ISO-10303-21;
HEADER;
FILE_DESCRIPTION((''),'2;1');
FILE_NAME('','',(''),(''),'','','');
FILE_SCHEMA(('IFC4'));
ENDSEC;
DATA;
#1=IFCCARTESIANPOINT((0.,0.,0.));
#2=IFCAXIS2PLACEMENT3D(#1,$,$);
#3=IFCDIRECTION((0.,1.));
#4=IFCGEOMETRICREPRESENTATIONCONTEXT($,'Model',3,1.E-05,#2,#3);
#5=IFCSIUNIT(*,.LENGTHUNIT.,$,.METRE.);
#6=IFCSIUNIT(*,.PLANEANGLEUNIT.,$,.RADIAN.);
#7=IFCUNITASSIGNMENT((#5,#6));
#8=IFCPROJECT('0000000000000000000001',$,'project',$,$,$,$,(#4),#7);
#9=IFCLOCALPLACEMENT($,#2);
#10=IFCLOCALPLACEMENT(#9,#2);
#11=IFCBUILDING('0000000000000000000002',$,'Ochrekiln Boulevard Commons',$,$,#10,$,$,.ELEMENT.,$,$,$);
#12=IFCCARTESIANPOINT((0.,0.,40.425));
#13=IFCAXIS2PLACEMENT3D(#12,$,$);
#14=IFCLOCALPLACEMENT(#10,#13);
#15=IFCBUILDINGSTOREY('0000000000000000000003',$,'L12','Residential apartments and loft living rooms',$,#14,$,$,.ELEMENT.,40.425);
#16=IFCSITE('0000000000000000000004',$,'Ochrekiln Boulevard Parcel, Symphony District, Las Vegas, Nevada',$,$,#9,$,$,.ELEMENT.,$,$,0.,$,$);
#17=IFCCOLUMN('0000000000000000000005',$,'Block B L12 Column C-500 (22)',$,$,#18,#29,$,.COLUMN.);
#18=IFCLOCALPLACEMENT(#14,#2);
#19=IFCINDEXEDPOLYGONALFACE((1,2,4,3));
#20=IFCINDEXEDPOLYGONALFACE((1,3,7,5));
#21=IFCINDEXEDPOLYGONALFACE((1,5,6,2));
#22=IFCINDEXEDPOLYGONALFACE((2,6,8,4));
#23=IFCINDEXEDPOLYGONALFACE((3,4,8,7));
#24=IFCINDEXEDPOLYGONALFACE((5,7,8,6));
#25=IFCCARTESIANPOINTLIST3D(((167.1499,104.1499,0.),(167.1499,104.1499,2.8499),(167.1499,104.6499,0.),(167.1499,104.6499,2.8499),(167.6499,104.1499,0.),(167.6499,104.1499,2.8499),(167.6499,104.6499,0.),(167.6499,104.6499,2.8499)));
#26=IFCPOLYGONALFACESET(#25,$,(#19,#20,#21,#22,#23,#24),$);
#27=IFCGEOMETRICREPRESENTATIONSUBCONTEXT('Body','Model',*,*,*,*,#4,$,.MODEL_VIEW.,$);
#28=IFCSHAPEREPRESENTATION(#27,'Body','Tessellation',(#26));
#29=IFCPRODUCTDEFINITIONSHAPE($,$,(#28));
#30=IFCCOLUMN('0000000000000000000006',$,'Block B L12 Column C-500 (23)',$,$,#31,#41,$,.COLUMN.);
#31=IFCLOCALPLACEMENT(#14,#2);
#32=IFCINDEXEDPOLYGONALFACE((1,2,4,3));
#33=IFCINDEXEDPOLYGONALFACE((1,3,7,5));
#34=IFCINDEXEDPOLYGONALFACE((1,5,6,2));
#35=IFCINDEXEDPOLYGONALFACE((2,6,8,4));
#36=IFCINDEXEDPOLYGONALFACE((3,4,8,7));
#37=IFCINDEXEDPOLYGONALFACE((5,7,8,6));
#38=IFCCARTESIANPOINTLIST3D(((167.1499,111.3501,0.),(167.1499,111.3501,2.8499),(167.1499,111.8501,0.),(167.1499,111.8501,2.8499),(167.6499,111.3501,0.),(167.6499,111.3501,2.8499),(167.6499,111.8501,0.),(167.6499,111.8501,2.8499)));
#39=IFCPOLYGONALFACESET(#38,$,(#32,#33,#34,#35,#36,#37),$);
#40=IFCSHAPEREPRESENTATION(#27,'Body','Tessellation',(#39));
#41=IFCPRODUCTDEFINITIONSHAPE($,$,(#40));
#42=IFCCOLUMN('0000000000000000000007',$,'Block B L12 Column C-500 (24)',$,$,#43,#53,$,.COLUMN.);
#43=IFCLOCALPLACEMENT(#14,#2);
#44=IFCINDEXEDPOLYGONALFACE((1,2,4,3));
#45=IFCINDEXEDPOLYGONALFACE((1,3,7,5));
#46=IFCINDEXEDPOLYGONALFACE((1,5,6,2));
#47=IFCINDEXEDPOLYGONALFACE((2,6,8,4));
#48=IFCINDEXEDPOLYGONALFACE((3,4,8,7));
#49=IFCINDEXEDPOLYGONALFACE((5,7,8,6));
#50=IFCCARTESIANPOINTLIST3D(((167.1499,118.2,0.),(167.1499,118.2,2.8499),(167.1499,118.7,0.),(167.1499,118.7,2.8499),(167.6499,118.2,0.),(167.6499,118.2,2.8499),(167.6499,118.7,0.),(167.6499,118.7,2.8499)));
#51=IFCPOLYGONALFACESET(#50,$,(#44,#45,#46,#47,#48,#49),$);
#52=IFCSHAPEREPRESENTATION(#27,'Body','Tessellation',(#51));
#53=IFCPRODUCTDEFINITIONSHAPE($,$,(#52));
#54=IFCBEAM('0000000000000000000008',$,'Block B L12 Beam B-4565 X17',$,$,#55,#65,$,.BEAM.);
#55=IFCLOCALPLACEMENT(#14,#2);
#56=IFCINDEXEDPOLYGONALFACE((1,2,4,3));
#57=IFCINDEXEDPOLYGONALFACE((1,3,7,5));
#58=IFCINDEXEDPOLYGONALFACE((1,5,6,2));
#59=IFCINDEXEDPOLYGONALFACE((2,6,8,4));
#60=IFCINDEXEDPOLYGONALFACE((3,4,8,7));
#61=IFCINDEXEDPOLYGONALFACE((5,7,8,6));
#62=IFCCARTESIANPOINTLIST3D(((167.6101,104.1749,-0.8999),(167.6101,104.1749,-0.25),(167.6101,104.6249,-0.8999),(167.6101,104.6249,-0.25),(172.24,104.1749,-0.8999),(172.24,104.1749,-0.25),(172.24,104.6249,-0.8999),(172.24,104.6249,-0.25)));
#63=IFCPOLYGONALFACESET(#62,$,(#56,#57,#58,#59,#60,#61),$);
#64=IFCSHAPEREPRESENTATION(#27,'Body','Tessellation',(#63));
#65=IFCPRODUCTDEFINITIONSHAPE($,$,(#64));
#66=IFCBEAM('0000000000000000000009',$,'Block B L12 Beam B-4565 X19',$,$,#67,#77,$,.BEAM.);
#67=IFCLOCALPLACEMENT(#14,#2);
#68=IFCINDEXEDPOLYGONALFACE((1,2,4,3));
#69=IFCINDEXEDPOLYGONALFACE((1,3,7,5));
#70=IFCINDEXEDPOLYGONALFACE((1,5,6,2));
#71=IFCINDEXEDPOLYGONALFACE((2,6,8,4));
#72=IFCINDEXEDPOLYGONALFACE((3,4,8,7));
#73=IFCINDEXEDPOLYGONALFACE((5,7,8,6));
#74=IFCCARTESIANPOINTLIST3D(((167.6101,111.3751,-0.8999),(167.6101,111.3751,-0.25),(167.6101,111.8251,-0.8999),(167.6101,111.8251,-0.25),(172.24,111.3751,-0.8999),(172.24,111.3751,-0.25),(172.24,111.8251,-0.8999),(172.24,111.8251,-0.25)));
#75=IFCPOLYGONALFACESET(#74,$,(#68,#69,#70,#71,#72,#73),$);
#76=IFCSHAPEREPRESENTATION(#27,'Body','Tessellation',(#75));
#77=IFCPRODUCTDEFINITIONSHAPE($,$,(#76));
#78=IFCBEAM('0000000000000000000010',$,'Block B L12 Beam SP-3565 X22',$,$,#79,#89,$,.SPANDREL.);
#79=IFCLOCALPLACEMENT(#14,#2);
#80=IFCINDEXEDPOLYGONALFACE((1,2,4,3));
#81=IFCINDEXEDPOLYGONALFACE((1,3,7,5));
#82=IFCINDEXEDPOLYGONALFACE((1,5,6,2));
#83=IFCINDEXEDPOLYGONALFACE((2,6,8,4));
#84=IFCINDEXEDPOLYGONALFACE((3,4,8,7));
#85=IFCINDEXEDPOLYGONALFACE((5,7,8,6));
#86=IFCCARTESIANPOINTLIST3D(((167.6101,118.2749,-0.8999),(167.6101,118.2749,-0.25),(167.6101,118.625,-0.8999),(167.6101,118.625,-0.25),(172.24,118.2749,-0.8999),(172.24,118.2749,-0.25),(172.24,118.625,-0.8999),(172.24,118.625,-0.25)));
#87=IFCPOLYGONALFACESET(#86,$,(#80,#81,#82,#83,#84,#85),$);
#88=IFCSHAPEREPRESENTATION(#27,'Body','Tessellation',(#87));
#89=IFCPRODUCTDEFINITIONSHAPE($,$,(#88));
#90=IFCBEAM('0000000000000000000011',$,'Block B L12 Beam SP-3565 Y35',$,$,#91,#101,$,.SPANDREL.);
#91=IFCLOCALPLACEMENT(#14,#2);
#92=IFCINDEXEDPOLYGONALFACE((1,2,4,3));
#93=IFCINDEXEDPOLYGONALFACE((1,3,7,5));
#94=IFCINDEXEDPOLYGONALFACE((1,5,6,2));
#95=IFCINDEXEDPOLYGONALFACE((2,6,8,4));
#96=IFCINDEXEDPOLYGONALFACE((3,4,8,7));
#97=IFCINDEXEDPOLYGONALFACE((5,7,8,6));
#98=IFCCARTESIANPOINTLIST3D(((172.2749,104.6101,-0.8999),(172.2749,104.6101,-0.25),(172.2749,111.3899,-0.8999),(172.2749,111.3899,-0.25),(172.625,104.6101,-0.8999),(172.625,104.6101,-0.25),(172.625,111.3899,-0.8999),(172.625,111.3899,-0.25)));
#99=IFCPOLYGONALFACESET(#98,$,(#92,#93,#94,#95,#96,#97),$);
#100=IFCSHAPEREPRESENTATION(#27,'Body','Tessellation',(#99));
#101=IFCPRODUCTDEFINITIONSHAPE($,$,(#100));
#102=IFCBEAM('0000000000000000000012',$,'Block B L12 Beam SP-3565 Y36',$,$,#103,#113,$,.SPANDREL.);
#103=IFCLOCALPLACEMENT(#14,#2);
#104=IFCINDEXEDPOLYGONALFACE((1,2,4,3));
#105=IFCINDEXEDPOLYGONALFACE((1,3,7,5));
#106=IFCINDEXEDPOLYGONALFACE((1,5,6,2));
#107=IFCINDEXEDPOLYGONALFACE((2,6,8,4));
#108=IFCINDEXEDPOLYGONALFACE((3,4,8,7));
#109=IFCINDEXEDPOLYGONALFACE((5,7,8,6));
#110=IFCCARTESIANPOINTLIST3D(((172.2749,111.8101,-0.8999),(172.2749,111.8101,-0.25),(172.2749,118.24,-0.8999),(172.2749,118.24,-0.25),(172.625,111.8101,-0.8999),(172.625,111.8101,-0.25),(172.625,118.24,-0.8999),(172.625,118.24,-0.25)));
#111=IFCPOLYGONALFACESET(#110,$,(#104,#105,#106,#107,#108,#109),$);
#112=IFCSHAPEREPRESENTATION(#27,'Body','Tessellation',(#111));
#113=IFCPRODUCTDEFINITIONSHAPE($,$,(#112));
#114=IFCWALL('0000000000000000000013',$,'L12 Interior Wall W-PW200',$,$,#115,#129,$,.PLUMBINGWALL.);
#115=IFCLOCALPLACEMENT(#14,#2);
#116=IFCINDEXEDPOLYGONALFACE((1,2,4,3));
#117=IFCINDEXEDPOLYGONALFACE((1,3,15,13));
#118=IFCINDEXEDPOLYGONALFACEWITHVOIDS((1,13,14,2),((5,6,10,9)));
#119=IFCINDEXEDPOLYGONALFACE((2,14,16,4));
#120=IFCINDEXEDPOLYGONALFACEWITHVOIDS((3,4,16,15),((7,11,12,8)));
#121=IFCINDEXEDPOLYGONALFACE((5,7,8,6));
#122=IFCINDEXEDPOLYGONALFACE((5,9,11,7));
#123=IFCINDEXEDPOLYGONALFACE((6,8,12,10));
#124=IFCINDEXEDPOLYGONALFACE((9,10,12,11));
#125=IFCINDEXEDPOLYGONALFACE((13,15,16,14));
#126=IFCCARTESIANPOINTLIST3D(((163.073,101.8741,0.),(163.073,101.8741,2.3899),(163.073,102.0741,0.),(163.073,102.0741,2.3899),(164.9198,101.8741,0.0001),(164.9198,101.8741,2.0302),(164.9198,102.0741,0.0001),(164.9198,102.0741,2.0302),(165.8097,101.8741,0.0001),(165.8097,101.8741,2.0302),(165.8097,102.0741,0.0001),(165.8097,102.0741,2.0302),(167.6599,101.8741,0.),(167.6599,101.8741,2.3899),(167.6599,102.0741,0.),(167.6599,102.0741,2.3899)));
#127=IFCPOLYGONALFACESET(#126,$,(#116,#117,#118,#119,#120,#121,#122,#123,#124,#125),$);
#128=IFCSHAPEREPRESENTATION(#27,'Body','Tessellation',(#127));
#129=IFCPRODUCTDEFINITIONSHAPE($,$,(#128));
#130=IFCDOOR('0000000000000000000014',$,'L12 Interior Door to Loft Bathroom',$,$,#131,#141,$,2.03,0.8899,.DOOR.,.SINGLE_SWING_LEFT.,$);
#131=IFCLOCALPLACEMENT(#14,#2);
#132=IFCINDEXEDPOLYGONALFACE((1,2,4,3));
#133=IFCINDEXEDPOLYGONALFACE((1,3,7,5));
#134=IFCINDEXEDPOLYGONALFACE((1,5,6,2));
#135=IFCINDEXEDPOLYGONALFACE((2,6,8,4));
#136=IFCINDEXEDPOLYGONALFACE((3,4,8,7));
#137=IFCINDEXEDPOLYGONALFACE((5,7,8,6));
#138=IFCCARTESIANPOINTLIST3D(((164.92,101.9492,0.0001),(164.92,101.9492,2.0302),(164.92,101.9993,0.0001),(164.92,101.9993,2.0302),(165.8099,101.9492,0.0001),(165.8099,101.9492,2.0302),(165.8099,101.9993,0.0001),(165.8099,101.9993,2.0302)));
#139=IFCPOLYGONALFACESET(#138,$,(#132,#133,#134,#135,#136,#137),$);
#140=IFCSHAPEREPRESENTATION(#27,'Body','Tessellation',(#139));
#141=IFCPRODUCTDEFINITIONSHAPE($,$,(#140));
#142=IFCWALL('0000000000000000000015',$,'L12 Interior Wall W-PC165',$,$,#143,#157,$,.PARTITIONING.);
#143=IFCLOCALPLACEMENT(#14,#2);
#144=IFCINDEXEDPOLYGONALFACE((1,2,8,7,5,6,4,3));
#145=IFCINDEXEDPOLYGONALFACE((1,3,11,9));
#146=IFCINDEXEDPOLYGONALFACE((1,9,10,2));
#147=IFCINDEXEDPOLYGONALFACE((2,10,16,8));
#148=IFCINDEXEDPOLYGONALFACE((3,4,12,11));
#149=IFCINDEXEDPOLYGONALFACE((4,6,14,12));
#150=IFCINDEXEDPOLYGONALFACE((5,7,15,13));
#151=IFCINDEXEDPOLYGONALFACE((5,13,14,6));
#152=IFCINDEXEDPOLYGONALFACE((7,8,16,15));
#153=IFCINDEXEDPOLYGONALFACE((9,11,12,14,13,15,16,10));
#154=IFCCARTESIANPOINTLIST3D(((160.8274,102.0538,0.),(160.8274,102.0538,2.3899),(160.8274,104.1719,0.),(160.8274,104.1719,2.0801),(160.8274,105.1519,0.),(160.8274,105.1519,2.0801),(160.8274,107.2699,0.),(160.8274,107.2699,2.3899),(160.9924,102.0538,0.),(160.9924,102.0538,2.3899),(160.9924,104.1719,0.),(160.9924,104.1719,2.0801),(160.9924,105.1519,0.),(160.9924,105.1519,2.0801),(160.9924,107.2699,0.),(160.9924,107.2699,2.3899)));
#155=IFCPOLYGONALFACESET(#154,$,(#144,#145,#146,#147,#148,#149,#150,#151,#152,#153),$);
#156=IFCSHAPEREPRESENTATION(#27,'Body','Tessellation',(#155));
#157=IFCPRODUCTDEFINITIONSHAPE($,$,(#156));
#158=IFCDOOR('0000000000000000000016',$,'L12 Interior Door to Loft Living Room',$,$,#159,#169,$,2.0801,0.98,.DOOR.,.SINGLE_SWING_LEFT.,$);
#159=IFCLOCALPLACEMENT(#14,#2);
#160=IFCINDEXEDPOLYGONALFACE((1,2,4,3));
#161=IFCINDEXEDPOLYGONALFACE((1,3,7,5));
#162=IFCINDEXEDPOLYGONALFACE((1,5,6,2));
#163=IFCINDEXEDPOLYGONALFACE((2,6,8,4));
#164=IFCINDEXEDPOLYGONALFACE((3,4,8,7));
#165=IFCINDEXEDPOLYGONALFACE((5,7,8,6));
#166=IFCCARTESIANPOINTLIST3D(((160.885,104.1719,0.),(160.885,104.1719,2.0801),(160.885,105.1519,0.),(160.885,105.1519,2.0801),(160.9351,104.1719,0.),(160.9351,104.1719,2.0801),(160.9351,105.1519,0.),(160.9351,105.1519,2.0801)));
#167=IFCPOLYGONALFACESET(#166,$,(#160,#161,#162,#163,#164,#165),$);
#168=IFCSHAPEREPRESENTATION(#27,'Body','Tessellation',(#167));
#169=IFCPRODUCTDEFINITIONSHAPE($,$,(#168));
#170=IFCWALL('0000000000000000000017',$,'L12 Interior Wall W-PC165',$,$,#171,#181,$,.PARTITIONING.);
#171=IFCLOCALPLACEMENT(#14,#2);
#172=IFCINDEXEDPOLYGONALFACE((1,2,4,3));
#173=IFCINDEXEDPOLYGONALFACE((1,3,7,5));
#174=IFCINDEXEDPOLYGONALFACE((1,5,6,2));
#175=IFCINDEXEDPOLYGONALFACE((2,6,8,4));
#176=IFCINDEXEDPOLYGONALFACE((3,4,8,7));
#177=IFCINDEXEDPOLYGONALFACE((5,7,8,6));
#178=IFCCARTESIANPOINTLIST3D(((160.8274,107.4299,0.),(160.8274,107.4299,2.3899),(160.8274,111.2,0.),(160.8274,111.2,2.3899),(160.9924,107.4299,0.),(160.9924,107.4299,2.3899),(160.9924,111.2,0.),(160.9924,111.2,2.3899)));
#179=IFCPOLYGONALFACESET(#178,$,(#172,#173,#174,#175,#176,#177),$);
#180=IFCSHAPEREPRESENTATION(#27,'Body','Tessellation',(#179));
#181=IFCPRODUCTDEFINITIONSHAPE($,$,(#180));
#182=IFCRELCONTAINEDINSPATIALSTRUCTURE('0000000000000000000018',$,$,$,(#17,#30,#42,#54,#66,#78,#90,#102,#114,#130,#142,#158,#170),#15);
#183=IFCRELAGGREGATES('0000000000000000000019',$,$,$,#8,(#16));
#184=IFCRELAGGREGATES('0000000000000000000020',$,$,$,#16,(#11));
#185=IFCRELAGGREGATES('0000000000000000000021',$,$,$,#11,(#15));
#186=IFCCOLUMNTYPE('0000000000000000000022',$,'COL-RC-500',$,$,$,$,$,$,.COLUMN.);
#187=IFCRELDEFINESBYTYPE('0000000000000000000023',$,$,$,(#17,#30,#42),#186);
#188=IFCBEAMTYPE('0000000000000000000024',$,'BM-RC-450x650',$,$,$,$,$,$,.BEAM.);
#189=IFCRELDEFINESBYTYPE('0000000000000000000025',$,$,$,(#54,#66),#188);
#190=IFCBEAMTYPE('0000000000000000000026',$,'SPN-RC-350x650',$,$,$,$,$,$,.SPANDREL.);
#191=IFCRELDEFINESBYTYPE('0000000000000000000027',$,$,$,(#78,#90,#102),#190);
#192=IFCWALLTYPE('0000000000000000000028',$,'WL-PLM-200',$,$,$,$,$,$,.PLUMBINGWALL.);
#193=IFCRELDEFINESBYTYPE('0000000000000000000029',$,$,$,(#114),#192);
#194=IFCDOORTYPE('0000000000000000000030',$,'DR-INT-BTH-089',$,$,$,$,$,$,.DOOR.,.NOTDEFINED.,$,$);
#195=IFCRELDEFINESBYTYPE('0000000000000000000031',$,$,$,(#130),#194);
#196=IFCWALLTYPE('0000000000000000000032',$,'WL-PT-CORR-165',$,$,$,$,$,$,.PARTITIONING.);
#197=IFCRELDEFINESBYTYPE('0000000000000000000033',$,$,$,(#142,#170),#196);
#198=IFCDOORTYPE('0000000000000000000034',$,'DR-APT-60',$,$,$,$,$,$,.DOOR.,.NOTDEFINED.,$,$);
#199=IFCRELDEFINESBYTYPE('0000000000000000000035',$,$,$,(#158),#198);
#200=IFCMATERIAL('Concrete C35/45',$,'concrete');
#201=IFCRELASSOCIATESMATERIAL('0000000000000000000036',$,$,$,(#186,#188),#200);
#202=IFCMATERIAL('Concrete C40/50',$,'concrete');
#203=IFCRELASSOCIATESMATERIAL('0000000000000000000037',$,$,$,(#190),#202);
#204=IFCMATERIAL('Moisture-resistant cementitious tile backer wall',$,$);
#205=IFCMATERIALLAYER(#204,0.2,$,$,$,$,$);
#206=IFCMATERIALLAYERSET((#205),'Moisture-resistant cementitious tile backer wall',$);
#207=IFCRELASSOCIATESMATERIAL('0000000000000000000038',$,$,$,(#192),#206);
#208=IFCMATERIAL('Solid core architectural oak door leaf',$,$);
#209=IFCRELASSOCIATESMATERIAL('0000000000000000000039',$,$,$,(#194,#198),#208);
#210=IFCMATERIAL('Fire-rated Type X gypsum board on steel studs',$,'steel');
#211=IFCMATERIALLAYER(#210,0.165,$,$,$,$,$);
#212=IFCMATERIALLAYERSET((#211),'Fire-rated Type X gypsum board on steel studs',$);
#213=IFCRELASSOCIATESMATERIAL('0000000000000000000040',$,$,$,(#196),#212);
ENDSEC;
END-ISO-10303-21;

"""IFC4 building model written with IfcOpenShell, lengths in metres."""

from ifc_helpers import new_model, si_unit, direction, frame, frame_2d, origin, origin_2d, place, context, subcontext, project, spatial, rectangle, extrude, material, layer, layer_set, material_profile, profile_set, type_object, element, fill, save


model = new_model("IFC4")

# Units and contexts
model_context = context("Model", 3, precision=1e-05, world=origin(), true_north=direction((0.0, 1.0)))
body_context = subcontext(model_context, "Body", "Model", "MODEL_VIEW")
ifc_project = project(units=[si_unit("LENGTHUNIT", "METRE"), si_unit("PLANEANGLEUNIT", "RADIAN")], contexts=[model_context])

# Site, building, storey
site_placement = place(None, origin())
site = spatial("IfcSite", under=ifc_project, at=site_placement, Name="Ochrekiln Boulevard Parcel, Symphony District, Las Vegas, Nevada", CompositionType="ELEMENT", RefElevation=0.0)
building_placement = place(site_placement, origin())
building = spatial("IfcBuilding", under=site, at=building_placement, Name="Ochrekiln Boulevard Commons", CompositionType="ELEMENT")
storey_placement = place(building_placement, frame((0.0, 0.0, 40.425)))
storey = spatial("IfcBuildingStorey", under=building, at=storey_placement, Name="L12", Description="Residential apartments and loft living rooms", CompositionType="ELEMENT", Elevation=40.425)

# Columns
ifc_material_1 = material(Name="Concrete C35/45", Category="concrete")
ifc_material_profile_1 = material_profile(ifc_material_1, rectangle(XDim=0.5, YDim=0.5, at=origin_2d()), Name="RC-COL-500x500")
ifc_profile_set_1 = profile_set([ifc_material_profile_1], Name="Concrete C35/45")
column_type = type_object("IfcColumnType", Name="COL-RC-500", PredefinedType="COLUMN", material=ifc_profile_set_1)
for number, where, z_axis, x_axis, name in (
    (1, (167.3999, 104.3999, 0.0), (0.0, 0.0, 1.0), (1.0, 0.0, 0.0), "Block B L12 Column C-500 (22)"),
    (2, (167.3999, 111.6001, 0.0), (0.0, 0.0, 1.0), (1.0, 0.0, 0.0), "Block B L12 Column C-500 (23)"),
    (3, (167.3999, 118.45, 0.0), (0.0, 0.0, 1.0), (1.0, 0.0, 0.0), "Block B L12 Column C-500 (24)"),
):
    element("IfcColumn", number, at=place(storey_placement, frame(where, z_axis=z_axis, x_axis=x_axis)), inside=storey, type_object=column_type, Name=name, PredefinedType="COLUMN", context=body_context, shape_type="SweptSolid", body=[
        extrude(rectangle(XDim=0.5, YDim=0.5, at=origin_2d()), origin(), (0.0, 0.0, 1.0), 2.8499),
    ])

# Beams
ifc_material_profile_2 = material_profile(ifc_material_1, rectangle(XDim=0.45, YDim=0.6499, at=origin_2d()), Name="RC-BM-450x650")
ifc_profile_set_2 = profile_set([ifc_material_profile_2], Name="Concrete C35/45")
beam_type_1 = type_object("IfcBeamType", Name="BM-RC-450x650", PredefinedType="BEAM", material=ifc_profile_set_2)
for number, where, z_axis, x_axis, name in (
    (4, (167.6101, 104.3999, -0.575), (1.0, 0.0, 0.0), (0.0, 1.0, 0.0), "Block B L12 Beam B-4565 X17"),
    (5, (167.6101, 111.6001, -0.575), (1.0, 0.0, 0.0), (0.0, 1.0, 0.0), "Block B L12 Beam B-4565 X19"),
):
    element("IfcBeam", number, at=place(storey_placement, frame(where, z_axis=z_axis, x_axis=x_axis)), inside=storey, type_object=beam_type_1, Name=name, PredefinedType="BEAM", context=body_context, shape_type="SweptSolid", body=[
        extrude(rectangle(XDim=0.45, YDim=0.6499, at=origin_2d()), origin(), (0.0, 0.0, 1.0), 4.6299),
    ])
ifc_material_2 = material(Name="Concrete C40/50", Category="concrete")
ifc_material_profile_3 = material_profile(ifc_material_2, rectangle(XDim=0.3501, YDim=0.6499, at=origin_2d()), Name="RC-SPN-350x650")
ifc_profile_set_3 = profile_set([ifc_material_profile_3], Name="Concrete C40/50")
beam_type_2 = type_object("IfcBeamType", Name="SPN-RC-350x650", PredefinedType="SPANDREL", material=ifc_profile_set_3)
beam_1_placement = place(storey_placement, frame((167.6101, 118.45, -0.575), z_axis=(1.0, 0.0, 0.0), x_axis=(0.0, 1.0, 0.0)))
element("IfcBeam", 6, at=beam_1_placement, inside=storey, type_object=beam_type_2, Name="Block B L12 Beam SP-3565 X22", PredefinedType="SPANDREL", context=body_context, shape_type="SweptSolid", body=[
    extrude(rectangle(XDim=0.3501, YDim=0.6499, at=origin_2d()), origin(), (0.0, 0.0, 1.0), 4.6299),
])
beam_2_placement = place(storey_placement, frame((172.45, 104.6101, -0.575), z_axis=(0.0, 1.0, 0.0), x_axis=(-1.0, 0.0, 0.0)))
element("IfcBeam", 7, at=beam_2_placement, inside=storey, type_object=beam_type_2, Name="Block B L12 Beam SP-3565 Y35", PredefinedType="SPANDREL", context=body_context, shape_type="SweptSolid", body=[
    extrude(rectangle(XDim=0.3501, YDim=0.6499, at=origin_2d()), origin(), (0.0, 0.0, 1.0), 6.7798),
])
beam_3_placement = place(storey_placement, frame((172.45, 111.8101, -0.575), z_axis=(0.0, 1.0, 0.0), x_axis=(-1.0, 0.0, 0.0)))
element("IfcBeam", 8, at=beam_3_placement, inside=storey, type_object=beam_type_2, Name="Block B L12 Beam SP-3565 Y36", PredefinedType="SPANDREL", context=body_context, shape_type="SweptSolid", body=[
    extrude(rectangle(XDim=0.3501, YDim=0.6499, at=origin_2d()), origin(), (0.0, 0.0, 1.0), 6.4299),
])

# Walls, openings, doors
ifc_material_3 = material(Name="Moisture-resistant cementitious tile backer wall")
ifc_layer_1 = layer(ifc_material_3, 0.2)
ifc_layer_set_1 = layer_set([ifc_layer_1], Name="Moisture-resistant cementitious tile backer wall")
wall_type_1 = type_object("IfcWallType", Name="WL-PLM-200", PredefinedType="PLUMBINGWALL", material=ifc_layer_set_1)
wall_1_placement = place(storey_placement, frame((163.073, 101.9741, 0.0), z_axis=(0.0, 0.0, 1.0), x_axis=(1.0, 0.0, 0.0)))
wall_1 = element("IfcWall", 9, at=wall_1_placement, inside=storey, type_object=wall_type_1, Name="L12 Interior Wall W-PW200", PredefinedType="PLUMBINGWALL", context=body_context, shape_type="SweptSolid", body=[
    extrude(rectangle(XDim=4.5869, YDim=0.2, at=frame_2d((2.2935, 0.0))), origin(), (0.0, 0.0, 1.0), 2.3899),
])
opening_1_placement = place(wall_1_placement, frame((1.8469, 0.0, 0.0)))
opening_1 = element("IfcOpeningElement", 10, at=opening_1_placement, cuts=wall_1, PredefinedType="OPENING", context=body_context, shape_type="SweptSolid", body=[
    extrude(rectangle(XDim=0.8899, YDim=2.03, at=frame_2d((0.4448, 1.0151))), frame((0.0, 0.1099, 0.0), z_axis=(0.0, -1.0, 0.0), x_axis=(1.0, 0.0, 0.0)), (0.0, 0.0, 1.0), 0.22),
])
ifc_material_4 = material(Name="Solid core architectural oak door leaf")
door_type_1 = type_object("IfcDoorType", Name="DR-INT-BTH-089", OperationType="NOTDEFINED", PredefinedType="DOOR", material=ifc_material_4)
door_1_placement = place(opening_1_placement, frame((0.8899, 0.0, 0.0), z_axis=(0.0, 0.0, 1.0), x_axis=(-1.0, 0.0, 0.0)))
door_1 = element("IfcDoor", 11, at=door_1_placement, inside=storey, type_object=door_type_1, Name="L12 Interior Door to Loft Bathroom", OperationType="SINGLE_SWING_LEFT", OverallHeight=2.03, OverallWidth=0.8899, PredefinedType="DOOR", context=body_context, shape_type="SweptSolid", body=[
    extrude(rectangle(XDim=0.8899, YDim=2.03, at=frame_2d((0.4448, 1.0151))), frame((0.0, 0.0249, 0.0), z_axis=(0.0, -1.0, 0.0), x_axis=(1.0, 0.0, 0.0)), (0.0, 0.0, 1.0), 0.05),
])
fill(opening_1, door_1)
ifc_material_5 = material(Name="Fire-rated Type X gypsum board on steel studs", Category="steel")
ifc_layer_2 = layer(ifc_material_5, 0.165)
ifc_layer_set_2 = layer_set([ifc_layer_2], Name="Fire-rated Type X gypsum board on steel studs")
wall_type_2 = type_object("IfcWallType", Name="WL-PT-CORR-165", PredefinedType="PARTITIONING", material=ifc_layer_set_2)
wall_2_placement = place(storey_placement, frame((160.9099, 102.054, 0.0), z_axis=(0.0, 0.0, 1.0), x_axis=(0.0, 1.0, 0.0)))
wall_2 = element("IfcWall", 12, at=wall_2_placement, inside=storey, type_object=wall_type_2, Name="L12 Interior Wall W-PC165", PredefinedType="PARTITIONING", context=body_context, shape_type="SweptSolid", body=[
    extrude(rectangle(XDim=5.2161, YDim=0.165, at=frame_2d((2.6079, 0.0))), origin(), (0.0, 0.0, 1.0), 2.3899),
])
opening_2_placement = place(wall_2_placement, frame((2.1179, 0.0, 0.0)))
opening_2 = element("IfcOpeningElement", 13, at=opening_2_placement, cuts=wall_2, PredefinedType="OPENING", context=body_context, shape_type="SweptSolid", body=[
    extrude(rectangle(XDim=0.98, YDim=2.0801, at=frame_2d((0.49, 1.04))), frame((0.0, 0.0925, 0.0), z_axis=(0.0, -1.0, 0.0), x_axis=(1.0, 0.0, 0.0)), (0.0, 0.0, 1.0), 0.1851),
])
door_type_2 = type_object("IfcDoorType", Name="DR-APT-60", OperationType="NOTDEFINED", PredefinedType="DOOR", material=ifc_material_4)
door_2_placement = place(opening_2_placement, origin())
door_2 = element("IfcDoor", 14, at=door_2_placement, inside=storey, type_object=door_type_2, Name="L12 Interior Door to Loft Living Room", OperationType="SINGLE_SWING_LEFT", OverallHeight=2.0801, OverallWidth=0.98, PredefinedType="DOOR", context=body_context, shape_type="SweptSolid", body=[
    extrude(rectangle(XDim=0.98, YDim=2.0801, at=frame_2d((0.49, 1.04))), frame((0.0, 0.0249, 0.0), z_axis=(0.0, -1.0, 0.0), x_axis=(1.0, 0.0, 0.0)), (0.0, 0.0, 1.0), 0.05),
])
fill(opening_2, door_2)

# Wall
wall_3_placement = place(storey_placement, frame((160.9099, 107.4299, 0.0), z_axis=(0.0, 0.0, 1.0), x_axis=(0.0, 1.0, 0.0)))
element("IfcWall", 15, at=wall_3_placement, inside=storey, type_object=wall_type_2, Name="L12 Interior Wall W-PC165", PredefinedType="PARTITIONING", context=body_context, shape_type="SweptSolid", body=[
    extrude(rectangle(XDim=3.77, YDim=0.165, at=frame_2d((1.885, 0.0))), origin(), (0.0, 0.0, 1.0), 2.3899),
])

save(model, "model.ifc")
